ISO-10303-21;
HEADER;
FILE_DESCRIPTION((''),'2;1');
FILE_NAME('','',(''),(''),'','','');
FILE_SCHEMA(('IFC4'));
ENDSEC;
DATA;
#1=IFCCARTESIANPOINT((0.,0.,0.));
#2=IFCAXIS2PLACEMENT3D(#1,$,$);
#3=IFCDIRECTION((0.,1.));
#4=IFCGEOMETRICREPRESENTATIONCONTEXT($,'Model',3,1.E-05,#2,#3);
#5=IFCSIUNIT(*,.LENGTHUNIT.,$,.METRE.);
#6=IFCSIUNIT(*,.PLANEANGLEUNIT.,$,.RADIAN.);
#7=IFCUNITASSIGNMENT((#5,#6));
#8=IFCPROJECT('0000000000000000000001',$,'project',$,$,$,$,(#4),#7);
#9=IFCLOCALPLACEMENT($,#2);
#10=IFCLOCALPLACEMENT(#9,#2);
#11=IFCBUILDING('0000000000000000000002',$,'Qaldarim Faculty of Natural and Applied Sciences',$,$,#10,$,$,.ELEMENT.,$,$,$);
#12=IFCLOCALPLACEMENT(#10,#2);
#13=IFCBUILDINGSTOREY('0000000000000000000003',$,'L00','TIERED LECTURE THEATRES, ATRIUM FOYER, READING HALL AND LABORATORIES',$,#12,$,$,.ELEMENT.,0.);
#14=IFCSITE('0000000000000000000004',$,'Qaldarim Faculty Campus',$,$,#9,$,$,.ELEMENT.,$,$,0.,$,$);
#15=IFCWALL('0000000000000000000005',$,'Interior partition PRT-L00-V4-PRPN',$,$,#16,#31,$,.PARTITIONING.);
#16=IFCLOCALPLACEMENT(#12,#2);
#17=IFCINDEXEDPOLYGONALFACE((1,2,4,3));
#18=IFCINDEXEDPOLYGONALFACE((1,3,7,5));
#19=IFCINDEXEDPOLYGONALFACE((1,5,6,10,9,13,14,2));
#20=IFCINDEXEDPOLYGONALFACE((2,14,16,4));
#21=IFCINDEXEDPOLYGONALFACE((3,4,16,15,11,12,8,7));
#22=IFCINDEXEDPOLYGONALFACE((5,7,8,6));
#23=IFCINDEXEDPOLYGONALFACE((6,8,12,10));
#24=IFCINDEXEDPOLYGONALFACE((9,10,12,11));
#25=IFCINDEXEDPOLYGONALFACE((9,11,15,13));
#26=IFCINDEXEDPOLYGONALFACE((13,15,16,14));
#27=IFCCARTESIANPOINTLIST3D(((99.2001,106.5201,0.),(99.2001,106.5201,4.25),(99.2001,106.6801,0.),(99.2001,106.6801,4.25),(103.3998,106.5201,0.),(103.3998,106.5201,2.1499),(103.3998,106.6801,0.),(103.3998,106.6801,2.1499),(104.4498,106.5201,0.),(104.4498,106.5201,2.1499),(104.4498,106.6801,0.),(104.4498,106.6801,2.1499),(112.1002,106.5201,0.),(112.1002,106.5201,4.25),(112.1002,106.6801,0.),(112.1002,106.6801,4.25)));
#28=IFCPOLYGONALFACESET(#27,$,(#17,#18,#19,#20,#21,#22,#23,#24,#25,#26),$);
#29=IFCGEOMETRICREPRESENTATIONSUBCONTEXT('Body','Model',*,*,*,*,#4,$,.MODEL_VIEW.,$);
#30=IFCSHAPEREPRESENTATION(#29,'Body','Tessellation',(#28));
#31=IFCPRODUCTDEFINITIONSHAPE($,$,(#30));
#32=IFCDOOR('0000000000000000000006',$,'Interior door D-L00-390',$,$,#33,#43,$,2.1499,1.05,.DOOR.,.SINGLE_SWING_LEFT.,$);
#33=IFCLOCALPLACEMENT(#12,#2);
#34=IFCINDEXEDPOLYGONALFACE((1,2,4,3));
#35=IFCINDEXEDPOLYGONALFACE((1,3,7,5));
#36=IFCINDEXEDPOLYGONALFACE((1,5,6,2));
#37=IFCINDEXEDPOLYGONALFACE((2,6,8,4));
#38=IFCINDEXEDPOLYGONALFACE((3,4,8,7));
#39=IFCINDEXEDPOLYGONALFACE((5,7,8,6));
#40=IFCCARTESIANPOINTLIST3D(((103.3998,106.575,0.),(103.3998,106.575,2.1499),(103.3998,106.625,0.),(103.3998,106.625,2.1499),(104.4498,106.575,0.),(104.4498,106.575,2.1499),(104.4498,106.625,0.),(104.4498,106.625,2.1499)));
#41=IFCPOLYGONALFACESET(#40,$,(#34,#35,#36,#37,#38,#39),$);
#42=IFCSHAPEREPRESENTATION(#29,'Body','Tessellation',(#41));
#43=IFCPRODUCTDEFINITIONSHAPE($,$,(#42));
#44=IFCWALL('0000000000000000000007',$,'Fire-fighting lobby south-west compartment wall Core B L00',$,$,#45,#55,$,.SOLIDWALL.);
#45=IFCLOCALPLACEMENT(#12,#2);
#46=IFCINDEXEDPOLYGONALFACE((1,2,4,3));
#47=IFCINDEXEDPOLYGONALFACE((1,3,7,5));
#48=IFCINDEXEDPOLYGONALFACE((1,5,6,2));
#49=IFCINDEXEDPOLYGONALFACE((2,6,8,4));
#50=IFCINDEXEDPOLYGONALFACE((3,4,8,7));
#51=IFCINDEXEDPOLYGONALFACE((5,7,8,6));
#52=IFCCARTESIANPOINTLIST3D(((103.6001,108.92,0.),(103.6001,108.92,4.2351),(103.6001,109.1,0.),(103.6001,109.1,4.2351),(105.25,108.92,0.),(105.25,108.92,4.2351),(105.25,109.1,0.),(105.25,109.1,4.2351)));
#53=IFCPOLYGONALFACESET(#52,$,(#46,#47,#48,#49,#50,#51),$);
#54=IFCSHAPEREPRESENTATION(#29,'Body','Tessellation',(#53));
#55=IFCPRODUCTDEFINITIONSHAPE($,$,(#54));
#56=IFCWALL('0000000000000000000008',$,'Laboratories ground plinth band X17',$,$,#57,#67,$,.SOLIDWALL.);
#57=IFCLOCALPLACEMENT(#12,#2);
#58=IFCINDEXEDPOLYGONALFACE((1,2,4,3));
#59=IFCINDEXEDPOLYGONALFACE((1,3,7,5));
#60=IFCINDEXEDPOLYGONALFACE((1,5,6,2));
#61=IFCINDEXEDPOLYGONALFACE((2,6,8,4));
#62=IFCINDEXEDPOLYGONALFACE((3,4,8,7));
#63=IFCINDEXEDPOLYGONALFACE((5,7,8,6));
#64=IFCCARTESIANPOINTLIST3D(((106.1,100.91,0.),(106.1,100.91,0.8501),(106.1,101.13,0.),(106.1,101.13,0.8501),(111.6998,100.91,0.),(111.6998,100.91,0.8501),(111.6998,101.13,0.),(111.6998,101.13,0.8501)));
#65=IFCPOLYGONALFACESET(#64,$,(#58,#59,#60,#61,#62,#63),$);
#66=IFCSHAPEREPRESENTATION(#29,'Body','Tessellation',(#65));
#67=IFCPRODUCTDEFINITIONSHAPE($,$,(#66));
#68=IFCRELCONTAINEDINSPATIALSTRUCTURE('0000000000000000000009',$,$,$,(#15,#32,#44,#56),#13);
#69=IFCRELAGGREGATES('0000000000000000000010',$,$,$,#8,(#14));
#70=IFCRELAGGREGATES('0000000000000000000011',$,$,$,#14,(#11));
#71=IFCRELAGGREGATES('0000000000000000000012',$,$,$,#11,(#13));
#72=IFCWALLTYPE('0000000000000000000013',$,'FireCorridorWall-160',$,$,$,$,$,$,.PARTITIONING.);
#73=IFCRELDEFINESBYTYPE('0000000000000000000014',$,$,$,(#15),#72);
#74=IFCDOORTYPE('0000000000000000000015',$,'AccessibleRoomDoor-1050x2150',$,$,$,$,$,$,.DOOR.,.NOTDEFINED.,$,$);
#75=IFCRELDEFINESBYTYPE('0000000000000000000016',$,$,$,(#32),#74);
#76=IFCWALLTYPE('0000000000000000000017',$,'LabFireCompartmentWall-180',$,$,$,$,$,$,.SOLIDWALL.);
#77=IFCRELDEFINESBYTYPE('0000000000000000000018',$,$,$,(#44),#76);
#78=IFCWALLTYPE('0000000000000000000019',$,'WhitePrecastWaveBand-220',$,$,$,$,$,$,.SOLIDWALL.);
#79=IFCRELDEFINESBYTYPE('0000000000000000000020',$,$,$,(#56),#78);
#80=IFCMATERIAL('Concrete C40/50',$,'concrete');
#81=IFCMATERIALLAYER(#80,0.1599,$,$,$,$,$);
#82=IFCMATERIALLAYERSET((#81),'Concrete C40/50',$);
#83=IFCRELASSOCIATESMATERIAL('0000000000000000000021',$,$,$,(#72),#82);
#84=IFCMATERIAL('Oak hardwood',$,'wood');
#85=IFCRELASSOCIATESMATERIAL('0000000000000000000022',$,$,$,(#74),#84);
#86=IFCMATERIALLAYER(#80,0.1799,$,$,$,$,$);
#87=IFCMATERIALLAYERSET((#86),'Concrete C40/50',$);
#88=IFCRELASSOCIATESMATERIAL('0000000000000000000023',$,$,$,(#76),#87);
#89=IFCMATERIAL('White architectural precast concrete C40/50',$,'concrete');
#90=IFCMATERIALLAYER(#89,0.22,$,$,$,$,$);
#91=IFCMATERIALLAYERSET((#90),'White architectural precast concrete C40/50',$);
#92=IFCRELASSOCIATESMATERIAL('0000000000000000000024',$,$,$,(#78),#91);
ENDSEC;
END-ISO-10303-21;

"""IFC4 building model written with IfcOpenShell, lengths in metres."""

from ifc_helpers import new_model, si_unit, direction, frame, frame_2d, origin, place, context, subcontext, project, spatial, rectangle, extrude, material, layer, layer_set, type_object, element, fill, save


model = new_model("IFC4")

# Units and contexts
model_context = context("Model", 3, precision=1e-05, world=origin(), true_north=direction((0.0, 1.0)))
body_context = subcontext(model_context, "Body", "Model", "MODEL_VIEW")
ifc_project = project(units=[si_unit("LENGTHUNIT", "METRE"), si_unit("PLANEANGLEUNIT", "RADIAN")], contexts=[model_context])

# Site, building, storey
site_placement = place(None, origin())
site = spatial("IfcSite", under=ifc_project, at=site_placement, Name="Qaldarim Faculty Campus", CompositionType="ELEMENT", RefElevation=0.0)
building_placement = place(site_placement, origin())
building = spatial("IfcBuilding", under=site, at=building_placement, Name="Qaldarim Faculty of Natural and Applied Sciences", CompositionType="ELEMENT")
storey_placement = place(building_placement, origin())
storey = spatial("IfcBuildingStorey", under=building, at=storey_placement, Name="L00", Description="TIERED LECTURE THEATRES, ATRIUM FOYER, READING HALL AND LABORATORIES", CompositionType="ELEMENT", Elevation=0.0)

# Shared definitions
ifc_material_1 = material(Name="Concrete C40/50", Category="concrete")

# Wall, opening, door
ifc_layer_1 = layer(ifc_material_1, 0.1599)
ifc_layer_set_1 = layer_set([ifc_layer_1], Name="Concrete C40/50")
wall_type_1 = type_object("IfcWallType", Name="FireCorridorWall-160", PredefinedType="PARTITIONING", material=ifc_layer_set_1)
wall_1_placement = place(storey_placement, frame((99.2, 106.6001, 0.0), z_axis=(0.0, 0.0, 1.0), x_axis=(1.0, 0.0, 0.0)))
wall_1 = element("IfcWall", 1, at=wall_1_placement, inside=storey, type_object=wall_type_1, Name="Interior partition PRT-L00-V4-PRPN", PredefinedType="PARTITIONING", context=body_context, shape_type="SweptSolid", body=[
    extrude(rectangle(XDim=12.9001, YDim=0.1599, at=frame_2d((6.4502, 0.0))), origin(), (0.0, 0.0, 1.0), 4.25),
])
opening_1_placement = place(wall_1_placement, frame((4.2, 0.0, 0.0)))
opening_1 = element("IfcOpeningElement", 2, at=opening_1_placement, cuts=wall_1, PredefinedType="OPENING", context=body_context, shape_type="SweptSolid", body=[
    extrude(rectangle(XDim=1.05, YDim=2.1499, at=frame_2d((0.5249, 1.075))), frame((0.0, 0.0898, 0.0), z_axis=(0.0, -1.0, 0.0), x_axis=(1.0, 0.0, 0.0)), (0.0, 0.0, 1.0), 0.1799),
])
ifc_material_2 = material(Name="Oak hardwood", Category="wood")
door_type_1 = type_object("IfcDoorType", Name="AccessibleRoomDoor-1050x2150", OperationType="NOTDEFINED", PredefinedType="DOOR", material=ifc_material_2)
door_1_placement = place(opening_1_placement, origin())
door_1 = element("IfcDoor", 3, at=door_1_placement, inside=storey, type_object=door_type_1, Name="Interior door D-L00-390", OperationType="SINGLE_SWING_LEFT", OverallHeight=2.1499, OverallWidth=1.05, PredefinedType="DOOR", context=body_context, shape_type="SweptSolid", body=[
    extrude(rectangle(XDim=1.05, YDim=2.1499, at=frame_2d((0.5249, 1.075))), frame((0.0, 0.0249, 0.0), z_axis=(0.0, -1.0, 0.0), x_axis=(1.0, 0.0, 0.0)), (0.0, 0.0, 1.0), 0.05),
])
fill(opening_1, door_1)

# Wall
ifc_layer_2 = layer(ifc_material_1, 0.1799)
ifc_layer_set_2 = layer_set([ifc_layer_2], Name="Concrete C40/50")
wall_type_2 = type_object("IfcWallType", Name="LabFireCompartmentWall-180", PredefinedType="SOLIDWALL", material=ifc_layer_set_2)
wall_2_placement = place(storey_placement, frame((103.6001, 109.01, 0.0), z_axis=(0.0, 0.0, 1.0), x_axis=(1.0, 0.0, 0.0)))
element("IfcWall", 4, at=wall_2_placement, inside=storey, type_object=wall_type_2, Name="Fire-fighting lobby south-west compartment wall Core B L00", PredefinedType="SOLIDWALL", context=body_context, shape_type="SweptSolid", body=[
    extrude(rectangle(XDim=1.6499, YDim=0.1799, at=frame_2d((0.825, 0.0))), origin(), (0.0, 0.0, 1.0), 4.2351),
])

# Wall
ifc_material_3 = material(Name="White architectural precast concrete C40/50", Category="concrete")
ifc_layer_3 = layer(ifc_material_3, 0.22)
ifc_layer_set_3 = layer_set([ifc_layer_3], Name="White architectural precast concrete C40/50")
wall_type_3 = type_object("IfcWallType", Name="WhitePrecastWaveBand-220", PredefinedType="SOLIDWALL", material=ifc_layer_set_3)
wall_3_placement = place(storey_placement, frame((106.1001, 101.02, 0.0), z_axis=(0.0, 0.0, 1.0), x_axis=(1.0, 0.0, 0.0)))
element("IfcWall", 5, at=wall_3_placement, inside=storey, type_object=wall_type_3, Name="Laboratories ground plinth band X17", PredefinedType="SOLIDWALL", context=body_context, shape_type="SweptSolid", body=[
    extrude(rectangle(XDim=5.5999, YDim=0.22, at=frame_2d((2.7998, 0.0))), origin(), (0.0, 0.0, 1.0), 0.8501),
])

save(model, "model.ifc")
